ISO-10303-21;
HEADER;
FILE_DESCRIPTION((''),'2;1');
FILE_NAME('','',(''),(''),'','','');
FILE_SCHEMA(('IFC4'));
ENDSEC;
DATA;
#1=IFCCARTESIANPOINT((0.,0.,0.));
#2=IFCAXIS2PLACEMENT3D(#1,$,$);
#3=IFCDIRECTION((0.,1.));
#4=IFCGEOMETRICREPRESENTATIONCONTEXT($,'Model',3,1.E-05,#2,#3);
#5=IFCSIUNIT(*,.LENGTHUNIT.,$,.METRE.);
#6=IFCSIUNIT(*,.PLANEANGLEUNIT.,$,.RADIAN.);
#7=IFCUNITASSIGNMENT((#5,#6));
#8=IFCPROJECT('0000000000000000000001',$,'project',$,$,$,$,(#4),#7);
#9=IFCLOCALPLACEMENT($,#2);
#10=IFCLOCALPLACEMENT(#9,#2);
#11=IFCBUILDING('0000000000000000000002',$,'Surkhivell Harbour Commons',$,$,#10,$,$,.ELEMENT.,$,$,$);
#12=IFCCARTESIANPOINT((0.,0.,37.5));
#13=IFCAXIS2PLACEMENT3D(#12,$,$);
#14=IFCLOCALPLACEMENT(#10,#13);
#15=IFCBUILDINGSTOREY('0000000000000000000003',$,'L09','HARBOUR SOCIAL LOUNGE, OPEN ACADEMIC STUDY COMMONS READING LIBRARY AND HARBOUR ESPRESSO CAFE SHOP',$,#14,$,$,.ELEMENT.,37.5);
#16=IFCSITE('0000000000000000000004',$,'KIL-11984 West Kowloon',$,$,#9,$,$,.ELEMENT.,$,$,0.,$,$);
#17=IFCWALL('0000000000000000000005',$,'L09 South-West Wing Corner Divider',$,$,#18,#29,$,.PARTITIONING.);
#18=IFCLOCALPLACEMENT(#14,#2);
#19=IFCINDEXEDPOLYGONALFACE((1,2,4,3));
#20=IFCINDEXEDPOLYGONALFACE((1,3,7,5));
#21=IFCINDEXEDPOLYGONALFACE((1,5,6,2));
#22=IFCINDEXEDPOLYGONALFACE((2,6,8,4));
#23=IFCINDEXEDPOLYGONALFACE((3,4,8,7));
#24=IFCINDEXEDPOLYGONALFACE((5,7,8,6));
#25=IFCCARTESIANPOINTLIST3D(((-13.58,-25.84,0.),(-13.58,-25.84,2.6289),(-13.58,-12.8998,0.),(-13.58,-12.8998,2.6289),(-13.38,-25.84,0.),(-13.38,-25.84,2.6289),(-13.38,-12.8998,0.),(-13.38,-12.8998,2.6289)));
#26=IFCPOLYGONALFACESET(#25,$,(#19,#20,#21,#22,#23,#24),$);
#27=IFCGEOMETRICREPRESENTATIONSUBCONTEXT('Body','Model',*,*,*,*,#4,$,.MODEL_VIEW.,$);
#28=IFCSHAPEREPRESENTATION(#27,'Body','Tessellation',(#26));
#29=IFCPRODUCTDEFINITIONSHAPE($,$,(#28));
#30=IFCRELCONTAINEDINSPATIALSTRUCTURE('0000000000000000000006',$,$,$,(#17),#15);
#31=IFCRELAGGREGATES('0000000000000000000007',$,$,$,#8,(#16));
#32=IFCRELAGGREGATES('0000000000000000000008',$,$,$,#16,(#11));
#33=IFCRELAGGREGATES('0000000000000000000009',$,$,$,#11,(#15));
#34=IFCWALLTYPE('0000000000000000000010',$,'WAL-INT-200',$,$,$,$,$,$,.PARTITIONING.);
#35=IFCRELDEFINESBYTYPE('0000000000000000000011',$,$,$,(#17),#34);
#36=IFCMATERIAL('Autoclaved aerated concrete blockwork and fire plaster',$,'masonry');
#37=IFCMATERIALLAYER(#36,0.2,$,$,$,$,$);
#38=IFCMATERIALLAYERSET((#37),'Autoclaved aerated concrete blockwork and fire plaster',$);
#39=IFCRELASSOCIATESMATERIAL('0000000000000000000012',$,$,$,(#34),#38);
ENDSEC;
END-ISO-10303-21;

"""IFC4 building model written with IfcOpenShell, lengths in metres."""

from ifc_helpers import new_model, si_unit, direction, frame, frame_2d, origin, place, context, subcontext, project, spatial, rectangle, extrude, material, layer, layer_set, type_object, element, save


model = new_model("IFC4")

# Units and contexts
model_context = context("Model", 3, precision=1e-05, world=origin(), true_north=direction((0.0, 1.0)))
body_context = subcontext(model_context, "Body", "Model", "MODEL_VIEW")
ifc_project = project(units=[si_unit("LENGTHUNIT", "METRE"), si_unit("PLANEANGLEUNIT", "RADIAN")], contexts=[model_context])

# Site, building, storey
site_placement = place(None, origin())
site = spatial("IfcSite", under=ifc_project, at=site_placement, Name="KIL-11984 West Kowloon", CompositionType="ELEMENT", RefElevation=0.0)
building_placement = place(site_placement, origin())
building = spatial("IfcBuilding", under=site, at=building_placement, Name="Surkhivell Harbour Commons", CompositionType="ELEMENT")
storey_placement = place(building_placement, frame((0.0, 0.0, 37.5)))
storey = spatial("IfcBuildingStorey", under=building, at=storey_placement, Name="L09", Description="HARBOUR SOCIAL LOUNGE, OPEN ACADEMIC STUDY COMMONS READING LIBRARY AND HARBOUR ESPRESSO CAFE SHOP", CompositionType="ELEMENT", Elevation=37.5)

# Wall
ifc_material_1 = material(Name="Autoclaved aerated concrete blockwork and fire plaster", Category="masonry")
ifc_layer_1 = layer(ifc_material_1, 0.2)
ifc_layer_set_1 = layer_set([ifc_layer_1], Name="Autoclaved aerated concrete blockwork and fire plaster")
wall_type = type_object("IfcWallType", Name="WAL-INT-200", PredefinedType="PARTITIONING", material=ifc_layer_set_1)
wall_placement = place(storey_placement, frame((-13.48, -25.8401, 0.0), z_axis=(0.0, 0.0, 1.0), x_axis=(0.0, 1.0, 0.0)))
element("IfcWall", 1, at=wall_placement, inside=storey, type_object=wall_type, Name="L09 South-West Wing Corner Divider", PredefinedType="PARTITIONING", context=body_context, shape_type="SweptSolid", body=[
    extrude(rectangle(XDim=12.9402, YDim=0.2, at=frame_2d((6.4702, 0.0))), origin(), (0.0, 0.0, 1.0), 2.6289),
])

save(model, "model.ifc")
